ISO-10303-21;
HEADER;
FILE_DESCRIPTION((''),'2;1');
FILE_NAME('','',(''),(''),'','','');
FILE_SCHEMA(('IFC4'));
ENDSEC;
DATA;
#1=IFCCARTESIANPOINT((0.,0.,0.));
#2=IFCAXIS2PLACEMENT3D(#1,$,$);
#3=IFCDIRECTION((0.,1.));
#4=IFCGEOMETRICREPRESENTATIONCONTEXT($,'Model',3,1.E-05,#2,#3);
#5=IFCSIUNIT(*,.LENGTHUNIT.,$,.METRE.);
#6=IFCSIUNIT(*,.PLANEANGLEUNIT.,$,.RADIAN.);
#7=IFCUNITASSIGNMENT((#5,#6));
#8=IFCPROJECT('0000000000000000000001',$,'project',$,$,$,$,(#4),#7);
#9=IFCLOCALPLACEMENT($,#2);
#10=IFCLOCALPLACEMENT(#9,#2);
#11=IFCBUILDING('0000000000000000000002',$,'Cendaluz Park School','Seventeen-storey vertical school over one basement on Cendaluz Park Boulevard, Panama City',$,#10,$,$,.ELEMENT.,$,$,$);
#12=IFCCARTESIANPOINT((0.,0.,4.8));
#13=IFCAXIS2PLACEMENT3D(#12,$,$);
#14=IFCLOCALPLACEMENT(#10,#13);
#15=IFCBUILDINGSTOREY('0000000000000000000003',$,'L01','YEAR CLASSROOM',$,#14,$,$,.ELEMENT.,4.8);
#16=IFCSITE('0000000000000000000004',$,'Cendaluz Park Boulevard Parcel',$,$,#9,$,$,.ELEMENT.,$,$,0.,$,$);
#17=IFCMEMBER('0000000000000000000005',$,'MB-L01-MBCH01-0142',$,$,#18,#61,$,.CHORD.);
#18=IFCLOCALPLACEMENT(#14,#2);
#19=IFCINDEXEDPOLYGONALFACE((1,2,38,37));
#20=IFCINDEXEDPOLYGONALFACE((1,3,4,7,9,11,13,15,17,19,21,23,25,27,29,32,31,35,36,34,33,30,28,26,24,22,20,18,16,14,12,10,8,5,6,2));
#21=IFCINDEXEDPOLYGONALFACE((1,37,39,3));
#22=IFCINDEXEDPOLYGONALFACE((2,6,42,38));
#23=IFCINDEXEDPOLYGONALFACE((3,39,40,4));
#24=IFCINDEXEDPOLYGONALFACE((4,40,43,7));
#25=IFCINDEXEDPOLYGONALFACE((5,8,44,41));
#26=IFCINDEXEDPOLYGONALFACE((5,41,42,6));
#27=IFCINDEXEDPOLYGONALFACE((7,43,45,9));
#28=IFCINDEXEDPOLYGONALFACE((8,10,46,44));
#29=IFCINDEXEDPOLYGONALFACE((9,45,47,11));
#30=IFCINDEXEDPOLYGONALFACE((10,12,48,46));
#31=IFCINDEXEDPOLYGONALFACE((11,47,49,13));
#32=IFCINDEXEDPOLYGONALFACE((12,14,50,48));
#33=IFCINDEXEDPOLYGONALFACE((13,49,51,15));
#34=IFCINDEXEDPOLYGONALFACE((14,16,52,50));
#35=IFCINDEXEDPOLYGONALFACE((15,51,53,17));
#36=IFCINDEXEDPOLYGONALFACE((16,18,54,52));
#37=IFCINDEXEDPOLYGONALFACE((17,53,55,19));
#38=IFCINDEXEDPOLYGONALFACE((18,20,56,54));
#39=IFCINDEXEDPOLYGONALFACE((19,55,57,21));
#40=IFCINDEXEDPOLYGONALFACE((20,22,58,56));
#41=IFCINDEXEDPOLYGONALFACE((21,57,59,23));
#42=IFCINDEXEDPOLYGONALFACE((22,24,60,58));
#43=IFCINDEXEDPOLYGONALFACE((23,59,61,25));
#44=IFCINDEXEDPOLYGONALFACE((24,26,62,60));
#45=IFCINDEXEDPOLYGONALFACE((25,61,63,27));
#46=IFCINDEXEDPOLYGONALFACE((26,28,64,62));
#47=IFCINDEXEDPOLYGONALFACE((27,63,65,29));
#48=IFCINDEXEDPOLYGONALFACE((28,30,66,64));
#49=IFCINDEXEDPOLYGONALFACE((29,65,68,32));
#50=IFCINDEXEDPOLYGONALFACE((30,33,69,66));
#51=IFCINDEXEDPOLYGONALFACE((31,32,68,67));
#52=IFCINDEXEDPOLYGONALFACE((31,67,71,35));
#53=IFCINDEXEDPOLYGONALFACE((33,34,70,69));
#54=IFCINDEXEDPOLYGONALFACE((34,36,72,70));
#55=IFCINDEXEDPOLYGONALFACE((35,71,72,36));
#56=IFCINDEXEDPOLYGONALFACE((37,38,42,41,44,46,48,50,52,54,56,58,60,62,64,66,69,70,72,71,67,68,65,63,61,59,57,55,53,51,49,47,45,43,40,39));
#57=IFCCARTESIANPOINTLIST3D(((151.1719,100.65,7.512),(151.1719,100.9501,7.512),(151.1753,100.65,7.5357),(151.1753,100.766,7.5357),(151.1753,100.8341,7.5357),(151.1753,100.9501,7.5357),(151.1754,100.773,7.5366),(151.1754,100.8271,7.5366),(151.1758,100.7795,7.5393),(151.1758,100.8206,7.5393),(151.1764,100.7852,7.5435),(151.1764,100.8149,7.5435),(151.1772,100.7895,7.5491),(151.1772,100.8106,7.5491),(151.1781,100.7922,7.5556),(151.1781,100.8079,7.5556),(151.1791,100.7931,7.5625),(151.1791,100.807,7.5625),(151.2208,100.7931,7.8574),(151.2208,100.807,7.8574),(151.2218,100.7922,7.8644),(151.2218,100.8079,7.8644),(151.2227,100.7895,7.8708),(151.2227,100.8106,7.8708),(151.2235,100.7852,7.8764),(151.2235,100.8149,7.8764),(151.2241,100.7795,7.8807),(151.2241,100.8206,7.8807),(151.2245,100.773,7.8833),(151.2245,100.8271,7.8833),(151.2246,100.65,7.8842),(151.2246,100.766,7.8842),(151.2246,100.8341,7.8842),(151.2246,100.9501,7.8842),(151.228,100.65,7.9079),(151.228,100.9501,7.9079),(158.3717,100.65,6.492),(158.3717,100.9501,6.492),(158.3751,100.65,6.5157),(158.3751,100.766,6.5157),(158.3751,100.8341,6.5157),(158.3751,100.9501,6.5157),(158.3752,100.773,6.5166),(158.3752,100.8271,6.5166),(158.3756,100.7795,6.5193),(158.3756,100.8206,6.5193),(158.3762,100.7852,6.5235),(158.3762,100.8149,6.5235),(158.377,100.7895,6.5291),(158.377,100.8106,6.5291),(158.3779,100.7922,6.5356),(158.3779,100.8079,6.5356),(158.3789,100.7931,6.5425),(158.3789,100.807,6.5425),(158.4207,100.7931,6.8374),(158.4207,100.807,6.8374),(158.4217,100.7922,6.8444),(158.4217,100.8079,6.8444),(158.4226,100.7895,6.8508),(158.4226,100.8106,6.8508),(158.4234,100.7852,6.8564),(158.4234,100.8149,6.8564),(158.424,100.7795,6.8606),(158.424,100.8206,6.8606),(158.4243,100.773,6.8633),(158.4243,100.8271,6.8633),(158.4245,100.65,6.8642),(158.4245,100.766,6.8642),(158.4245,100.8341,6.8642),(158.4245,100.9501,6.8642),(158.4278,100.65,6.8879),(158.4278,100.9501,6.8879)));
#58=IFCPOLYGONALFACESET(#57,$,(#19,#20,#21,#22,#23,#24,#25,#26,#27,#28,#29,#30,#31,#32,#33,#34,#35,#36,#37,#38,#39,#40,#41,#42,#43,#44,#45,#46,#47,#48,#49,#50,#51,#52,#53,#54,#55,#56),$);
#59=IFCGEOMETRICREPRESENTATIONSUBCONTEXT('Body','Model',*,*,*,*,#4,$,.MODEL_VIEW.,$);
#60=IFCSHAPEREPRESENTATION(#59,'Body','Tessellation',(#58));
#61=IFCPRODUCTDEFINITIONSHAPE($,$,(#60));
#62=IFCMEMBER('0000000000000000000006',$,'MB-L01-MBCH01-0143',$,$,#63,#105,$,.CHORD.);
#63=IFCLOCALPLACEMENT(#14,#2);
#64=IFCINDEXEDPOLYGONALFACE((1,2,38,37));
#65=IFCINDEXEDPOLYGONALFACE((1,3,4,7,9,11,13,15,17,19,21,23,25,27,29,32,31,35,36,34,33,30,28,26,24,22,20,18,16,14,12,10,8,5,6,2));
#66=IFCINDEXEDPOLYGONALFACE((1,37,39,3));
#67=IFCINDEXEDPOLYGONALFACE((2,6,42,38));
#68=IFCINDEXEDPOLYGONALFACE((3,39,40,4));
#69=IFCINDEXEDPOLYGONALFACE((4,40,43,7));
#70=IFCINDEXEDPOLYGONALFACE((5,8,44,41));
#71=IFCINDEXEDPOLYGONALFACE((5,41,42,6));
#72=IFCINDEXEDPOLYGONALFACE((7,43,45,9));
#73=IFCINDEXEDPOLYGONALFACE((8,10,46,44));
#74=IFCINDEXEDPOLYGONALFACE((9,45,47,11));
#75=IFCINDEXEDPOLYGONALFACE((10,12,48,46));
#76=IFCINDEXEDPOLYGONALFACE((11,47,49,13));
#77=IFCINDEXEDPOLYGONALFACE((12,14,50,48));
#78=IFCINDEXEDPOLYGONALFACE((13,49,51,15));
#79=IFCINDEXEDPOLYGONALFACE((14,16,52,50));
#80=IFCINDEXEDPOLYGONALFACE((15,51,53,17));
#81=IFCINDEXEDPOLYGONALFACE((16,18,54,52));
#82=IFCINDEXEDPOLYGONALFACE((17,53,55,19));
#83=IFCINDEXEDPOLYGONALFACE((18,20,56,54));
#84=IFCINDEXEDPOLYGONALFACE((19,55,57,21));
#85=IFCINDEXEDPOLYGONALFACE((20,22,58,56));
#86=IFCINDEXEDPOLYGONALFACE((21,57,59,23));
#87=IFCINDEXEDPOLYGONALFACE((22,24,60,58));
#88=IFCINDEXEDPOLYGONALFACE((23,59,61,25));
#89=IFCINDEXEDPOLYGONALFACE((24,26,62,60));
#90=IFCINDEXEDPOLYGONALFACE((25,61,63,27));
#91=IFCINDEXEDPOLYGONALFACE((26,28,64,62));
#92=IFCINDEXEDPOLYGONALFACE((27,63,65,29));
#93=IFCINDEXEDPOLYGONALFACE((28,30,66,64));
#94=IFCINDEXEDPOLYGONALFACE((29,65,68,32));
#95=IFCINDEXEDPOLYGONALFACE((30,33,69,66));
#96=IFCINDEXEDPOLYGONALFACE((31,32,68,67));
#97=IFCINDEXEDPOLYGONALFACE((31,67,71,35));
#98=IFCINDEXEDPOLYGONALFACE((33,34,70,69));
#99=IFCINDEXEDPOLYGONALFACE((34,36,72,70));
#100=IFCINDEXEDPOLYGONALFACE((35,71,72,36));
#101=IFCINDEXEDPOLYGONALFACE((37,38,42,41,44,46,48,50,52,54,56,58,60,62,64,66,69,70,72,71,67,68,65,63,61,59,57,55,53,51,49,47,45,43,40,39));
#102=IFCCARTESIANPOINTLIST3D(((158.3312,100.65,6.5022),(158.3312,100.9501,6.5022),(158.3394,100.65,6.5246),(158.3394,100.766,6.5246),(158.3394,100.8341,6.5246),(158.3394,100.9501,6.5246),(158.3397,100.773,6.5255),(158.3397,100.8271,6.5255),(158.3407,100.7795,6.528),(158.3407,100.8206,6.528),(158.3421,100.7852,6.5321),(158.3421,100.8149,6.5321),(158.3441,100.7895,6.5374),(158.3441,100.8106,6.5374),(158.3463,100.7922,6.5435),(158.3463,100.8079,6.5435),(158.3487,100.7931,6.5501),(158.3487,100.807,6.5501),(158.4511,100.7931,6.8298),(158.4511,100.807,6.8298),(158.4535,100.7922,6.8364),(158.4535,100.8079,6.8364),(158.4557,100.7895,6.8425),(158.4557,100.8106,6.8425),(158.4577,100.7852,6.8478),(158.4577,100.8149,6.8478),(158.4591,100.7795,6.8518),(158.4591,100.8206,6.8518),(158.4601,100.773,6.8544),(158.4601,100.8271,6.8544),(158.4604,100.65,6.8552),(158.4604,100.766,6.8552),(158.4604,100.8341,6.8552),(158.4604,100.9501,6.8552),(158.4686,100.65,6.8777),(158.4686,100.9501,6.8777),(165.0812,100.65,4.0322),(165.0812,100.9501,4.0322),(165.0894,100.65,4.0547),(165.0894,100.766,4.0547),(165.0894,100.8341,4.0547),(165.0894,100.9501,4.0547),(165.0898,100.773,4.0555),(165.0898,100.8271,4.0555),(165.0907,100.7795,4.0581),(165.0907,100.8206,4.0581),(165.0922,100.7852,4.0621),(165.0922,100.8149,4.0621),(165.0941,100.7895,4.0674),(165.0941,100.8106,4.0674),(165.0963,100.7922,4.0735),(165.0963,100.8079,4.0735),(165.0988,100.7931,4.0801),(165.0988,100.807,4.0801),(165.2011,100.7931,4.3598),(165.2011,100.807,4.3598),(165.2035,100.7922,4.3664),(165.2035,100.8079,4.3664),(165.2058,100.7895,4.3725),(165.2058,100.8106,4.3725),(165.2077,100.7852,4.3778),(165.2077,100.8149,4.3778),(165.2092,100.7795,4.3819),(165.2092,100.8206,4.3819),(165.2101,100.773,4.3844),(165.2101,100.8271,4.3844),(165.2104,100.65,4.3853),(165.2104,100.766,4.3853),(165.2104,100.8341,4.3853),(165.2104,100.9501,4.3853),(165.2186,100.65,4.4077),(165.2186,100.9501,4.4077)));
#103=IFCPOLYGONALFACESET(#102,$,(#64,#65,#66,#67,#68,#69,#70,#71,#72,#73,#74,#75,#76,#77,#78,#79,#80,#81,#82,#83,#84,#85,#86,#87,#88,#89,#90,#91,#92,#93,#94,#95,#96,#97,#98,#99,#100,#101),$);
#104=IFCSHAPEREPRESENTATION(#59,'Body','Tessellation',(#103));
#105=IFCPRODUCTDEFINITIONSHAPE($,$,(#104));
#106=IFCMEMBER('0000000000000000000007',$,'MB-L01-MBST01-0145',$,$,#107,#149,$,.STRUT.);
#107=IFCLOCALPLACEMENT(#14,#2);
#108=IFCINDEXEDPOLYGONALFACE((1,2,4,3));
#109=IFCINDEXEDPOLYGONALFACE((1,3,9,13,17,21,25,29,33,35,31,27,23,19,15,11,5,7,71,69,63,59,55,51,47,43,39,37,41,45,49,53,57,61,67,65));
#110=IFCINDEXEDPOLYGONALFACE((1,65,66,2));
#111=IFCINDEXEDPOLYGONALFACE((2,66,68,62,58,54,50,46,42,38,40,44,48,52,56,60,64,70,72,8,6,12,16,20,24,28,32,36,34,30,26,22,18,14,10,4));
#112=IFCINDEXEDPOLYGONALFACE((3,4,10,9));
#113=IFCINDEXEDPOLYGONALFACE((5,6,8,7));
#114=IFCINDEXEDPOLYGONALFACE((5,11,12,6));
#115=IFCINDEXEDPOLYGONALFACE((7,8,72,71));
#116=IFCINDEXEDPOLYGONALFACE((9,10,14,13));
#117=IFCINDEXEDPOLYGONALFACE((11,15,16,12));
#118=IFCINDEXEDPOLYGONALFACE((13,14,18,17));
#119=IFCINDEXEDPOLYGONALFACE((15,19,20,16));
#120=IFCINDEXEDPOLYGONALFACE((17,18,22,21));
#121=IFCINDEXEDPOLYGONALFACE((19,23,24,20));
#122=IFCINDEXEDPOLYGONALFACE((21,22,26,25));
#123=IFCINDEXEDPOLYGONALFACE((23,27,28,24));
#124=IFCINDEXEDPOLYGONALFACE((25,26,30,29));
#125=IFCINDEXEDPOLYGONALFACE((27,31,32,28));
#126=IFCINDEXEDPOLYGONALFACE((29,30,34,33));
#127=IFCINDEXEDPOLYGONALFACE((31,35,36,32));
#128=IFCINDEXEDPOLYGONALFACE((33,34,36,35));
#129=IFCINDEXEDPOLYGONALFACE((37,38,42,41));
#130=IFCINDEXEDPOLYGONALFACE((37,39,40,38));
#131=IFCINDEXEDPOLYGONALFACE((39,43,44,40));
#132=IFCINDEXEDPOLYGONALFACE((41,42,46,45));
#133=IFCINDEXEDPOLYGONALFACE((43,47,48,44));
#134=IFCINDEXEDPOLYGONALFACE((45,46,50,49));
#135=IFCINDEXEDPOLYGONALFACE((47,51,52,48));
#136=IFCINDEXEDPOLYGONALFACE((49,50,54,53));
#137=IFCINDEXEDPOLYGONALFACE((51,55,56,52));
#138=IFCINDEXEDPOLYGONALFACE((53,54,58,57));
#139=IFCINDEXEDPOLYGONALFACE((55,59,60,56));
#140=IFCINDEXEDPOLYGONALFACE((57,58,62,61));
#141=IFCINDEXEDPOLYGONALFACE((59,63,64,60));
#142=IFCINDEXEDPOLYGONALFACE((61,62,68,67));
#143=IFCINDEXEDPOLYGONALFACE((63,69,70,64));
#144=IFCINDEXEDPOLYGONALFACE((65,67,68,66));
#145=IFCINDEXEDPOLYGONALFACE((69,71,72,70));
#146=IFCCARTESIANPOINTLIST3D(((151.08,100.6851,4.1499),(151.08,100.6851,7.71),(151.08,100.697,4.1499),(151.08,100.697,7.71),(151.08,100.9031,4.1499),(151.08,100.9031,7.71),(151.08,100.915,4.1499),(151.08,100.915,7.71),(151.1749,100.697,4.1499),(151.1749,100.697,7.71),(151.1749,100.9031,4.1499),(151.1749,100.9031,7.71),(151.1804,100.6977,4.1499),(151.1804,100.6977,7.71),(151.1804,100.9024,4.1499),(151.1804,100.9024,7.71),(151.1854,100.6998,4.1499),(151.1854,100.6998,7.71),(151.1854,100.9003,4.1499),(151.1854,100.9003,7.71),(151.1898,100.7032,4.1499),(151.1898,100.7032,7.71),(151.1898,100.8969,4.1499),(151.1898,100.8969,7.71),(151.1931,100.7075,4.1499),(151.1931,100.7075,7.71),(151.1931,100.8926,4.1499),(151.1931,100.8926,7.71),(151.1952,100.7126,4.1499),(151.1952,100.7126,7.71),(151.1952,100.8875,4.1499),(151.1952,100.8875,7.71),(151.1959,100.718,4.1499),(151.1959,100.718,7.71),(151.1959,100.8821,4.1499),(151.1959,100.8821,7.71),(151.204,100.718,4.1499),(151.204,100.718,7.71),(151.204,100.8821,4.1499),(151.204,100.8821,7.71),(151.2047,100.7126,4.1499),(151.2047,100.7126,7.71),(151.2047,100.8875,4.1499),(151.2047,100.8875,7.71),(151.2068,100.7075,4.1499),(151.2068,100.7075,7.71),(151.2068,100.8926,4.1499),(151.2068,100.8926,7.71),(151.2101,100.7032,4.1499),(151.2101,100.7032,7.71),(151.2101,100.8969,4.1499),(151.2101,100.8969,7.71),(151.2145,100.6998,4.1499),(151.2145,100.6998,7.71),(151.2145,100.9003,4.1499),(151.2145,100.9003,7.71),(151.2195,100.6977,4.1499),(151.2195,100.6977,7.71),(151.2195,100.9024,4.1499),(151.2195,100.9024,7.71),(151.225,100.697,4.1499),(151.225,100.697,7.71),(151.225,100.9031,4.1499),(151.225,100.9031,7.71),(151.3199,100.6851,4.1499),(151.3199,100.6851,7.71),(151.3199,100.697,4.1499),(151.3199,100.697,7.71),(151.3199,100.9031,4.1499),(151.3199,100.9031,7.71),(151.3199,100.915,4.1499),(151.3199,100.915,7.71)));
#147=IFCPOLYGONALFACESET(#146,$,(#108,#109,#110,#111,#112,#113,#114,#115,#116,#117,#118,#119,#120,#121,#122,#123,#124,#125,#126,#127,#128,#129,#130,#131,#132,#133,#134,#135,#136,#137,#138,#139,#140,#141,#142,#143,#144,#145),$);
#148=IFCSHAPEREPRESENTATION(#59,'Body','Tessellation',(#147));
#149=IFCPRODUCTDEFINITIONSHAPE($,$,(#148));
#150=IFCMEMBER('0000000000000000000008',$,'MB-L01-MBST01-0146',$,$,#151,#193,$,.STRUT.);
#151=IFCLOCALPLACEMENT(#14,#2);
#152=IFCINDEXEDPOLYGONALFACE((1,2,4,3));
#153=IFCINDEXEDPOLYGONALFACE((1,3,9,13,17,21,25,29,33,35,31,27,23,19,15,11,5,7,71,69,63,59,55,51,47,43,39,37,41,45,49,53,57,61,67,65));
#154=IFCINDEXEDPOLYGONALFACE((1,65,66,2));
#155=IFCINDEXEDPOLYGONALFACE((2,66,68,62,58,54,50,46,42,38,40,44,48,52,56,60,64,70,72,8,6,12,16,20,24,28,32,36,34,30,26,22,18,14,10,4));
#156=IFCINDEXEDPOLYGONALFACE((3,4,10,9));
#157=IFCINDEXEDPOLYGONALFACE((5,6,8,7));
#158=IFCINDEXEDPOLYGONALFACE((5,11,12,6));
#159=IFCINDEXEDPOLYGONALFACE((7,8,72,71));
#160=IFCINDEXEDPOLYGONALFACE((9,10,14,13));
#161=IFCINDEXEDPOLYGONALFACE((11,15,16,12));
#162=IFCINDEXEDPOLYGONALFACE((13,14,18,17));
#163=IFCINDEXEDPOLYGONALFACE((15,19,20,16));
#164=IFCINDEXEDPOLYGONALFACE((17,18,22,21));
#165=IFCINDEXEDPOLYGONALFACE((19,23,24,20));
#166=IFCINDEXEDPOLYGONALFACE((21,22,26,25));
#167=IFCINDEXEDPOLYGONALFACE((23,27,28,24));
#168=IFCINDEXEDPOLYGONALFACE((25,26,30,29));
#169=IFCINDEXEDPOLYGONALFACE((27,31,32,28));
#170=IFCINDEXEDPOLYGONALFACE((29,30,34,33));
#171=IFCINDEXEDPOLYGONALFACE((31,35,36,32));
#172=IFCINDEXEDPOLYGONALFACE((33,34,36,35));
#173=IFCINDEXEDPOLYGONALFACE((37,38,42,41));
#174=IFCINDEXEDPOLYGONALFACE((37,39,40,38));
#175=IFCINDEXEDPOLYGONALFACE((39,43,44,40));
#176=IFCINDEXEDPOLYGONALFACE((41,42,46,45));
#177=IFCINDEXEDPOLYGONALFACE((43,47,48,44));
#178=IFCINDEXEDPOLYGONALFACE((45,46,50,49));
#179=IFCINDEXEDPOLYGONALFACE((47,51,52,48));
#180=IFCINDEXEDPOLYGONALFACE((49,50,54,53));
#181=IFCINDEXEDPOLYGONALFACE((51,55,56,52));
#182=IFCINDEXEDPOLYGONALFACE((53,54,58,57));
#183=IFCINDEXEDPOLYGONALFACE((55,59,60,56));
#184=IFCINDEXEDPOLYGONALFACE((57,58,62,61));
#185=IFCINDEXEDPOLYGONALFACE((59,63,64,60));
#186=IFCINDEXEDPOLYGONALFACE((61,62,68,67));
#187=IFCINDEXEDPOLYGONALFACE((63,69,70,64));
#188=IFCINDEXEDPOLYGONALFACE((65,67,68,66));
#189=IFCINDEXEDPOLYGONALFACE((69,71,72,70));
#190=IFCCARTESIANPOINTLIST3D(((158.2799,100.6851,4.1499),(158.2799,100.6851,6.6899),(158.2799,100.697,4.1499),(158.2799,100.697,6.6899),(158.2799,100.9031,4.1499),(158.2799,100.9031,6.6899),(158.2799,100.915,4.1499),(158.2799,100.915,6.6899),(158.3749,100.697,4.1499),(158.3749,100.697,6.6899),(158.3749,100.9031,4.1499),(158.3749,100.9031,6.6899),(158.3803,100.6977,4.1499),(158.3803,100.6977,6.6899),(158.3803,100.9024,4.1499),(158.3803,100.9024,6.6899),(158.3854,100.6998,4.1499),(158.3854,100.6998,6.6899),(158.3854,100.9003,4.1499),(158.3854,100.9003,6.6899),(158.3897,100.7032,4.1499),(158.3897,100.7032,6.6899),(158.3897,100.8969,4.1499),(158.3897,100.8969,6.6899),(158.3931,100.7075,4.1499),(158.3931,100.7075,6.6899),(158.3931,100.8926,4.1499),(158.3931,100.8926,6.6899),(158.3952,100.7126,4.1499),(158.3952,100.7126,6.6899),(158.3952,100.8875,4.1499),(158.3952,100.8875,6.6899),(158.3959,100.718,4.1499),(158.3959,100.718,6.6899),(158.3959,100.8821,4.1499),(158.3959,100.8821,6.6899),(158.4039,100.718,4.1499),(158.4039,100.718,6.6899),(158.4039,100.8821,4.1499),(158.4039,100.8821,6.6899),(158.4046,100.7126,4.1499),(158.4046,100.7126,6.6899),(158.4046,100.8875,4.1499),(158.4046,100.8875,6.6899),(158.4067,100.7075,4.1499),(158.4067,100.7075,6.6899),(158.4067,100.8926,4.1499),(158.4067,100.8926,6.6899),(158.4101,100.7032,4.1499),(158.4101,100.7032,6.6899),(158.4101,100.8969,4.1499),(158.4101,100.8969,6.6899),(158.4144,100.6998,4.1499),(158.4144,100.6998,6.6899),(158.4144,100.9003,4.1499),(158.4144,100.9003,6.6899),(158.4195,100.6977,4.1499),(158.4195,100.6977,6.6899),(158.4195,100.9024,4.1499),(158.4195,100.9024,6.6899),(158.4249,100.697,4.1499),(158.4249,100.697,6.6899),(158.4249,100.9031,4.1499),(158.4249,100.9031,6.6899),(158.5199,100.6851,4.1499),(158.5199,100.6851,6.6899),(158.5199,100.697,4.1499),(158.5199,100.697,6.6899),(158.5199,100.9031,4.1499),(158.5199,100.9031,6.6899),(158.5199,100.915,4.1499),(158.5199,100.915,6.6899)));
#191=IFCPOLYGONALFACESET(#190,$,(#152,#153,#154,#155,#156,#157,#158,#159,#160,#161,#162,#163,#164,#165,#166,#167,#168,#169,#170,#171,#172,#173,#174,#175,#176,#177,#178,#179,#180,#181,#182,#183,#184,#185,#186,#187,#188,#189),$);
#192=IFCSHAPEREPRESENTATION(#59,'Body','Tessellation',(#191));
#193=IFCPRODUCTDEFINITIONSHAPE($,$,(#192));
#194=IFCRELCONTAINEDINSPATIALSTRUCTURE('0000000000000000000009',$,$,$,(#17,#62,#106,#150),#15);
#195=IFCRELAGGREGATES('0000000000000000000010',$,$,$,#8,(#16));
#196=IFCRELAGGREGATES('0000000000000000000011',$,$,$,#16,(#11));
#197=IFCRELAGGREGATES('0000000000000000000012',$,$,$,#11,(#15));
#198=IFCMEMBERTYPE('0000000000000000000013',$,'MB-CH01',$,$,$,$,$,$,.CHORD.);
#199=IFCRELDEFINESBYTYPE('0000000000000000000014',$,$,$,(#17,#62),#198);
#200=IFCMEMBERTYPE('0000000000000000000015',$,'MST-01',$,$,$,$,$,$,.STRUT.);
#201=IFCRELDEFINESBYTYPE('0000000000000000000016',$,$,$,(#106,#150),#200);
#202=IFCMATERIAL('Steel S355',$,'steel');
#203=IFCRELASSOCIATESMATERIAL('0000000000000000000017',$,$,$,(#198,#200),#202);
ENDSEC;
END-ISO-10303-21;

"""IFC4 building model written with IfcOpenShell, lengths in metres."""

from ifc_helpers import new_model, si_unit, direction, frame, origin, origin_2d, place, context, subcontext, project, spatial, i_section, extrude, material, material_profile, profile_set, type_object, element, save


model = new_model("IFC4")

# Units and contexts
model_context = context("Model", 3, precision=1e-05, world=origin(), true_north=direction((0.0, 1.0)))
body_context = subcontext(model_context, "Body", "Model", "MODEL_VIEW")
ifc_project = project(units=[si_unit("LENGTHUNIT", "METRE"), si_unit("PLANEANGLEUNIT", "RADIAN")], contexts=[model_context])

# Site, building, storey
site_placement = place(None, origin())
site = spatial("IfcSite", under=ifc_project, at=site_placement, Name="Cendaluz Park Boulevard Parcel", CompositionType="ELEMENT", RefElevation=0.0)
building_placement = place(site_placement, origin())
building = spatial("IfcBuilding", under=site, at=building_placement, Name="Cendaluz Park School", Description="Seventeen-storey vertical school over one basement on Cendaluz Park Boulevard, Panama City", CompositionType="ELEMENT")
storey_placement = place(building_placement, frame((0.0, 0.0, 4.8)))
storey = spatial("IfcBuildingStorey", under=building, at=storey_placement, Name="L01", Description="YEAR CLASSROOM", CompositionType="ELEMENT", Elevation=4.8)

# Members
ifc_material_1 = material(Name="Steel S355", Category="steel")
ifc_material_profile_1 = material_profile(ifc_material_1, i_section(OverallWidth=0.3, OverallDepth=0.3999, WebThickness=0.0139, FlangeThickness=0.0239, FilletRadius=0.0271, at=origin_2d()), Name="HEB 400", Category="steel")
ifc_profile_set_1 = profile_set([ifc_material_profile_1], Name="Steel S355")
member_type_1 = type_object("IfcMemberType", Name="MB-CH01", PredefinedType="CHORD", material=ifc_profile_set_1)
member_1_placement = place(storey_placement, frame((151.2, 100.8, 7.71), z_axis=(0.990113, 0.0, -0.14027), x_axis=(0.0, 1.0, 0.0)))
element("IfcMember", 1, at=member_1_placement, inside=storey, type_object=member_type_1, Name="MB-L01-MBCH01-0142", PredefinedType="CHORD", context=body_context, shape_type="SweptSolid", body=[
    extrude(i_section(OverallWidth=0.3, OverallDepth=0.3999, WebThickness=0.0139, FlangeThickness=0.0239, FilletRadius=0.0271, at=origin_2d()), origin(), (0.0, 0.0, 1.0), 7.2717),
])
member_2_placement = place(storey_placement, frame((158.3999, 100.8, 6.6899), z_axis=(0.939102, 0.0, -0.343638), x_axis=(0.0, 1.0, 0.0)))
element("IfcMember", 2, at=member_2_placement, inside=storey, type_object=member_type_1, Name="MB-L01-MBCH01-0143", PredefinedType="CHORD", context=body_context, shape_type="SweptSolid", body=[
    extrude(i_section(OverallWidth=0.3, OverallDepth=0.3999, WebThickness=0.0139, FlangeThickness=0.0239, FilletRadius=0.0271, at=origin_2d()), origin(), (0.0, 0.0, 1.0), 7.1877),
])
ifc_material_profile_2 = material_profile(ifc_material_1, i_section(OverallWidth=0.24, OverallDepth=0.23, WebThickness=0.0081, FlangeThickness=0.012, FilletRadius=0.021, at=origin_2d()), Name="HEA 240", Category="steel")
ifc_profile_set_2 = profile_set([ifc_material_profile_2], Name="Steel S355")
member_type_2 = type_object("IfcMemberType", Name="MST-01", PredefinedType="STRUT", material=ifc_profile_set_2)
member_3_placement = place(storey_placement, frame((151.2, 100.8, 4.1499), z_axis=(0.0, 0.0, 1.0), x_axis=(1.0, 0.0, 0.0)))
element("IfcMember", 3, at=member_3_placement, inside=storey, type_object=member_type_2, Name="MB-L01-MBST01-0145", PredefinedType="STRUT", context=body_context, shape_type="SweptSolid", body=[
    extrude(i_section(OverallWidth=0.24, OverallDepth=0.23, WebThickness=0.0081, FlangeThickness=0.012, FilletRadius=0.021, at=origin_2d()), origin(), (0.0, 0.0, 1.0), 3.5601),
])
member_4_placement = place(storey_placement, frame((158.3999, 100.8, 4.1499), z_axis=(0.0, 0.0, 1.0), x_axis=(1.0, 0.0, 0.0)))
element("IfcMember", 4, at=member_4_placement, inside=storey, type_object=member_type_2, Name="MB-L01-MBST01-0146", PredefinedType="STRUT", context=body_context, shape_type="SweptSolid", body=[
    extrude(i_section(OverallWidth=0.24, OverallDepth=0.23, WebThickness=0.0081, FlangeThickness=0.012, FilletRadius=0.021, at=origin_2d()), origin(), (0.0, 0.0, 1.0), 2.54),
])

save(model, "model.ifc")
